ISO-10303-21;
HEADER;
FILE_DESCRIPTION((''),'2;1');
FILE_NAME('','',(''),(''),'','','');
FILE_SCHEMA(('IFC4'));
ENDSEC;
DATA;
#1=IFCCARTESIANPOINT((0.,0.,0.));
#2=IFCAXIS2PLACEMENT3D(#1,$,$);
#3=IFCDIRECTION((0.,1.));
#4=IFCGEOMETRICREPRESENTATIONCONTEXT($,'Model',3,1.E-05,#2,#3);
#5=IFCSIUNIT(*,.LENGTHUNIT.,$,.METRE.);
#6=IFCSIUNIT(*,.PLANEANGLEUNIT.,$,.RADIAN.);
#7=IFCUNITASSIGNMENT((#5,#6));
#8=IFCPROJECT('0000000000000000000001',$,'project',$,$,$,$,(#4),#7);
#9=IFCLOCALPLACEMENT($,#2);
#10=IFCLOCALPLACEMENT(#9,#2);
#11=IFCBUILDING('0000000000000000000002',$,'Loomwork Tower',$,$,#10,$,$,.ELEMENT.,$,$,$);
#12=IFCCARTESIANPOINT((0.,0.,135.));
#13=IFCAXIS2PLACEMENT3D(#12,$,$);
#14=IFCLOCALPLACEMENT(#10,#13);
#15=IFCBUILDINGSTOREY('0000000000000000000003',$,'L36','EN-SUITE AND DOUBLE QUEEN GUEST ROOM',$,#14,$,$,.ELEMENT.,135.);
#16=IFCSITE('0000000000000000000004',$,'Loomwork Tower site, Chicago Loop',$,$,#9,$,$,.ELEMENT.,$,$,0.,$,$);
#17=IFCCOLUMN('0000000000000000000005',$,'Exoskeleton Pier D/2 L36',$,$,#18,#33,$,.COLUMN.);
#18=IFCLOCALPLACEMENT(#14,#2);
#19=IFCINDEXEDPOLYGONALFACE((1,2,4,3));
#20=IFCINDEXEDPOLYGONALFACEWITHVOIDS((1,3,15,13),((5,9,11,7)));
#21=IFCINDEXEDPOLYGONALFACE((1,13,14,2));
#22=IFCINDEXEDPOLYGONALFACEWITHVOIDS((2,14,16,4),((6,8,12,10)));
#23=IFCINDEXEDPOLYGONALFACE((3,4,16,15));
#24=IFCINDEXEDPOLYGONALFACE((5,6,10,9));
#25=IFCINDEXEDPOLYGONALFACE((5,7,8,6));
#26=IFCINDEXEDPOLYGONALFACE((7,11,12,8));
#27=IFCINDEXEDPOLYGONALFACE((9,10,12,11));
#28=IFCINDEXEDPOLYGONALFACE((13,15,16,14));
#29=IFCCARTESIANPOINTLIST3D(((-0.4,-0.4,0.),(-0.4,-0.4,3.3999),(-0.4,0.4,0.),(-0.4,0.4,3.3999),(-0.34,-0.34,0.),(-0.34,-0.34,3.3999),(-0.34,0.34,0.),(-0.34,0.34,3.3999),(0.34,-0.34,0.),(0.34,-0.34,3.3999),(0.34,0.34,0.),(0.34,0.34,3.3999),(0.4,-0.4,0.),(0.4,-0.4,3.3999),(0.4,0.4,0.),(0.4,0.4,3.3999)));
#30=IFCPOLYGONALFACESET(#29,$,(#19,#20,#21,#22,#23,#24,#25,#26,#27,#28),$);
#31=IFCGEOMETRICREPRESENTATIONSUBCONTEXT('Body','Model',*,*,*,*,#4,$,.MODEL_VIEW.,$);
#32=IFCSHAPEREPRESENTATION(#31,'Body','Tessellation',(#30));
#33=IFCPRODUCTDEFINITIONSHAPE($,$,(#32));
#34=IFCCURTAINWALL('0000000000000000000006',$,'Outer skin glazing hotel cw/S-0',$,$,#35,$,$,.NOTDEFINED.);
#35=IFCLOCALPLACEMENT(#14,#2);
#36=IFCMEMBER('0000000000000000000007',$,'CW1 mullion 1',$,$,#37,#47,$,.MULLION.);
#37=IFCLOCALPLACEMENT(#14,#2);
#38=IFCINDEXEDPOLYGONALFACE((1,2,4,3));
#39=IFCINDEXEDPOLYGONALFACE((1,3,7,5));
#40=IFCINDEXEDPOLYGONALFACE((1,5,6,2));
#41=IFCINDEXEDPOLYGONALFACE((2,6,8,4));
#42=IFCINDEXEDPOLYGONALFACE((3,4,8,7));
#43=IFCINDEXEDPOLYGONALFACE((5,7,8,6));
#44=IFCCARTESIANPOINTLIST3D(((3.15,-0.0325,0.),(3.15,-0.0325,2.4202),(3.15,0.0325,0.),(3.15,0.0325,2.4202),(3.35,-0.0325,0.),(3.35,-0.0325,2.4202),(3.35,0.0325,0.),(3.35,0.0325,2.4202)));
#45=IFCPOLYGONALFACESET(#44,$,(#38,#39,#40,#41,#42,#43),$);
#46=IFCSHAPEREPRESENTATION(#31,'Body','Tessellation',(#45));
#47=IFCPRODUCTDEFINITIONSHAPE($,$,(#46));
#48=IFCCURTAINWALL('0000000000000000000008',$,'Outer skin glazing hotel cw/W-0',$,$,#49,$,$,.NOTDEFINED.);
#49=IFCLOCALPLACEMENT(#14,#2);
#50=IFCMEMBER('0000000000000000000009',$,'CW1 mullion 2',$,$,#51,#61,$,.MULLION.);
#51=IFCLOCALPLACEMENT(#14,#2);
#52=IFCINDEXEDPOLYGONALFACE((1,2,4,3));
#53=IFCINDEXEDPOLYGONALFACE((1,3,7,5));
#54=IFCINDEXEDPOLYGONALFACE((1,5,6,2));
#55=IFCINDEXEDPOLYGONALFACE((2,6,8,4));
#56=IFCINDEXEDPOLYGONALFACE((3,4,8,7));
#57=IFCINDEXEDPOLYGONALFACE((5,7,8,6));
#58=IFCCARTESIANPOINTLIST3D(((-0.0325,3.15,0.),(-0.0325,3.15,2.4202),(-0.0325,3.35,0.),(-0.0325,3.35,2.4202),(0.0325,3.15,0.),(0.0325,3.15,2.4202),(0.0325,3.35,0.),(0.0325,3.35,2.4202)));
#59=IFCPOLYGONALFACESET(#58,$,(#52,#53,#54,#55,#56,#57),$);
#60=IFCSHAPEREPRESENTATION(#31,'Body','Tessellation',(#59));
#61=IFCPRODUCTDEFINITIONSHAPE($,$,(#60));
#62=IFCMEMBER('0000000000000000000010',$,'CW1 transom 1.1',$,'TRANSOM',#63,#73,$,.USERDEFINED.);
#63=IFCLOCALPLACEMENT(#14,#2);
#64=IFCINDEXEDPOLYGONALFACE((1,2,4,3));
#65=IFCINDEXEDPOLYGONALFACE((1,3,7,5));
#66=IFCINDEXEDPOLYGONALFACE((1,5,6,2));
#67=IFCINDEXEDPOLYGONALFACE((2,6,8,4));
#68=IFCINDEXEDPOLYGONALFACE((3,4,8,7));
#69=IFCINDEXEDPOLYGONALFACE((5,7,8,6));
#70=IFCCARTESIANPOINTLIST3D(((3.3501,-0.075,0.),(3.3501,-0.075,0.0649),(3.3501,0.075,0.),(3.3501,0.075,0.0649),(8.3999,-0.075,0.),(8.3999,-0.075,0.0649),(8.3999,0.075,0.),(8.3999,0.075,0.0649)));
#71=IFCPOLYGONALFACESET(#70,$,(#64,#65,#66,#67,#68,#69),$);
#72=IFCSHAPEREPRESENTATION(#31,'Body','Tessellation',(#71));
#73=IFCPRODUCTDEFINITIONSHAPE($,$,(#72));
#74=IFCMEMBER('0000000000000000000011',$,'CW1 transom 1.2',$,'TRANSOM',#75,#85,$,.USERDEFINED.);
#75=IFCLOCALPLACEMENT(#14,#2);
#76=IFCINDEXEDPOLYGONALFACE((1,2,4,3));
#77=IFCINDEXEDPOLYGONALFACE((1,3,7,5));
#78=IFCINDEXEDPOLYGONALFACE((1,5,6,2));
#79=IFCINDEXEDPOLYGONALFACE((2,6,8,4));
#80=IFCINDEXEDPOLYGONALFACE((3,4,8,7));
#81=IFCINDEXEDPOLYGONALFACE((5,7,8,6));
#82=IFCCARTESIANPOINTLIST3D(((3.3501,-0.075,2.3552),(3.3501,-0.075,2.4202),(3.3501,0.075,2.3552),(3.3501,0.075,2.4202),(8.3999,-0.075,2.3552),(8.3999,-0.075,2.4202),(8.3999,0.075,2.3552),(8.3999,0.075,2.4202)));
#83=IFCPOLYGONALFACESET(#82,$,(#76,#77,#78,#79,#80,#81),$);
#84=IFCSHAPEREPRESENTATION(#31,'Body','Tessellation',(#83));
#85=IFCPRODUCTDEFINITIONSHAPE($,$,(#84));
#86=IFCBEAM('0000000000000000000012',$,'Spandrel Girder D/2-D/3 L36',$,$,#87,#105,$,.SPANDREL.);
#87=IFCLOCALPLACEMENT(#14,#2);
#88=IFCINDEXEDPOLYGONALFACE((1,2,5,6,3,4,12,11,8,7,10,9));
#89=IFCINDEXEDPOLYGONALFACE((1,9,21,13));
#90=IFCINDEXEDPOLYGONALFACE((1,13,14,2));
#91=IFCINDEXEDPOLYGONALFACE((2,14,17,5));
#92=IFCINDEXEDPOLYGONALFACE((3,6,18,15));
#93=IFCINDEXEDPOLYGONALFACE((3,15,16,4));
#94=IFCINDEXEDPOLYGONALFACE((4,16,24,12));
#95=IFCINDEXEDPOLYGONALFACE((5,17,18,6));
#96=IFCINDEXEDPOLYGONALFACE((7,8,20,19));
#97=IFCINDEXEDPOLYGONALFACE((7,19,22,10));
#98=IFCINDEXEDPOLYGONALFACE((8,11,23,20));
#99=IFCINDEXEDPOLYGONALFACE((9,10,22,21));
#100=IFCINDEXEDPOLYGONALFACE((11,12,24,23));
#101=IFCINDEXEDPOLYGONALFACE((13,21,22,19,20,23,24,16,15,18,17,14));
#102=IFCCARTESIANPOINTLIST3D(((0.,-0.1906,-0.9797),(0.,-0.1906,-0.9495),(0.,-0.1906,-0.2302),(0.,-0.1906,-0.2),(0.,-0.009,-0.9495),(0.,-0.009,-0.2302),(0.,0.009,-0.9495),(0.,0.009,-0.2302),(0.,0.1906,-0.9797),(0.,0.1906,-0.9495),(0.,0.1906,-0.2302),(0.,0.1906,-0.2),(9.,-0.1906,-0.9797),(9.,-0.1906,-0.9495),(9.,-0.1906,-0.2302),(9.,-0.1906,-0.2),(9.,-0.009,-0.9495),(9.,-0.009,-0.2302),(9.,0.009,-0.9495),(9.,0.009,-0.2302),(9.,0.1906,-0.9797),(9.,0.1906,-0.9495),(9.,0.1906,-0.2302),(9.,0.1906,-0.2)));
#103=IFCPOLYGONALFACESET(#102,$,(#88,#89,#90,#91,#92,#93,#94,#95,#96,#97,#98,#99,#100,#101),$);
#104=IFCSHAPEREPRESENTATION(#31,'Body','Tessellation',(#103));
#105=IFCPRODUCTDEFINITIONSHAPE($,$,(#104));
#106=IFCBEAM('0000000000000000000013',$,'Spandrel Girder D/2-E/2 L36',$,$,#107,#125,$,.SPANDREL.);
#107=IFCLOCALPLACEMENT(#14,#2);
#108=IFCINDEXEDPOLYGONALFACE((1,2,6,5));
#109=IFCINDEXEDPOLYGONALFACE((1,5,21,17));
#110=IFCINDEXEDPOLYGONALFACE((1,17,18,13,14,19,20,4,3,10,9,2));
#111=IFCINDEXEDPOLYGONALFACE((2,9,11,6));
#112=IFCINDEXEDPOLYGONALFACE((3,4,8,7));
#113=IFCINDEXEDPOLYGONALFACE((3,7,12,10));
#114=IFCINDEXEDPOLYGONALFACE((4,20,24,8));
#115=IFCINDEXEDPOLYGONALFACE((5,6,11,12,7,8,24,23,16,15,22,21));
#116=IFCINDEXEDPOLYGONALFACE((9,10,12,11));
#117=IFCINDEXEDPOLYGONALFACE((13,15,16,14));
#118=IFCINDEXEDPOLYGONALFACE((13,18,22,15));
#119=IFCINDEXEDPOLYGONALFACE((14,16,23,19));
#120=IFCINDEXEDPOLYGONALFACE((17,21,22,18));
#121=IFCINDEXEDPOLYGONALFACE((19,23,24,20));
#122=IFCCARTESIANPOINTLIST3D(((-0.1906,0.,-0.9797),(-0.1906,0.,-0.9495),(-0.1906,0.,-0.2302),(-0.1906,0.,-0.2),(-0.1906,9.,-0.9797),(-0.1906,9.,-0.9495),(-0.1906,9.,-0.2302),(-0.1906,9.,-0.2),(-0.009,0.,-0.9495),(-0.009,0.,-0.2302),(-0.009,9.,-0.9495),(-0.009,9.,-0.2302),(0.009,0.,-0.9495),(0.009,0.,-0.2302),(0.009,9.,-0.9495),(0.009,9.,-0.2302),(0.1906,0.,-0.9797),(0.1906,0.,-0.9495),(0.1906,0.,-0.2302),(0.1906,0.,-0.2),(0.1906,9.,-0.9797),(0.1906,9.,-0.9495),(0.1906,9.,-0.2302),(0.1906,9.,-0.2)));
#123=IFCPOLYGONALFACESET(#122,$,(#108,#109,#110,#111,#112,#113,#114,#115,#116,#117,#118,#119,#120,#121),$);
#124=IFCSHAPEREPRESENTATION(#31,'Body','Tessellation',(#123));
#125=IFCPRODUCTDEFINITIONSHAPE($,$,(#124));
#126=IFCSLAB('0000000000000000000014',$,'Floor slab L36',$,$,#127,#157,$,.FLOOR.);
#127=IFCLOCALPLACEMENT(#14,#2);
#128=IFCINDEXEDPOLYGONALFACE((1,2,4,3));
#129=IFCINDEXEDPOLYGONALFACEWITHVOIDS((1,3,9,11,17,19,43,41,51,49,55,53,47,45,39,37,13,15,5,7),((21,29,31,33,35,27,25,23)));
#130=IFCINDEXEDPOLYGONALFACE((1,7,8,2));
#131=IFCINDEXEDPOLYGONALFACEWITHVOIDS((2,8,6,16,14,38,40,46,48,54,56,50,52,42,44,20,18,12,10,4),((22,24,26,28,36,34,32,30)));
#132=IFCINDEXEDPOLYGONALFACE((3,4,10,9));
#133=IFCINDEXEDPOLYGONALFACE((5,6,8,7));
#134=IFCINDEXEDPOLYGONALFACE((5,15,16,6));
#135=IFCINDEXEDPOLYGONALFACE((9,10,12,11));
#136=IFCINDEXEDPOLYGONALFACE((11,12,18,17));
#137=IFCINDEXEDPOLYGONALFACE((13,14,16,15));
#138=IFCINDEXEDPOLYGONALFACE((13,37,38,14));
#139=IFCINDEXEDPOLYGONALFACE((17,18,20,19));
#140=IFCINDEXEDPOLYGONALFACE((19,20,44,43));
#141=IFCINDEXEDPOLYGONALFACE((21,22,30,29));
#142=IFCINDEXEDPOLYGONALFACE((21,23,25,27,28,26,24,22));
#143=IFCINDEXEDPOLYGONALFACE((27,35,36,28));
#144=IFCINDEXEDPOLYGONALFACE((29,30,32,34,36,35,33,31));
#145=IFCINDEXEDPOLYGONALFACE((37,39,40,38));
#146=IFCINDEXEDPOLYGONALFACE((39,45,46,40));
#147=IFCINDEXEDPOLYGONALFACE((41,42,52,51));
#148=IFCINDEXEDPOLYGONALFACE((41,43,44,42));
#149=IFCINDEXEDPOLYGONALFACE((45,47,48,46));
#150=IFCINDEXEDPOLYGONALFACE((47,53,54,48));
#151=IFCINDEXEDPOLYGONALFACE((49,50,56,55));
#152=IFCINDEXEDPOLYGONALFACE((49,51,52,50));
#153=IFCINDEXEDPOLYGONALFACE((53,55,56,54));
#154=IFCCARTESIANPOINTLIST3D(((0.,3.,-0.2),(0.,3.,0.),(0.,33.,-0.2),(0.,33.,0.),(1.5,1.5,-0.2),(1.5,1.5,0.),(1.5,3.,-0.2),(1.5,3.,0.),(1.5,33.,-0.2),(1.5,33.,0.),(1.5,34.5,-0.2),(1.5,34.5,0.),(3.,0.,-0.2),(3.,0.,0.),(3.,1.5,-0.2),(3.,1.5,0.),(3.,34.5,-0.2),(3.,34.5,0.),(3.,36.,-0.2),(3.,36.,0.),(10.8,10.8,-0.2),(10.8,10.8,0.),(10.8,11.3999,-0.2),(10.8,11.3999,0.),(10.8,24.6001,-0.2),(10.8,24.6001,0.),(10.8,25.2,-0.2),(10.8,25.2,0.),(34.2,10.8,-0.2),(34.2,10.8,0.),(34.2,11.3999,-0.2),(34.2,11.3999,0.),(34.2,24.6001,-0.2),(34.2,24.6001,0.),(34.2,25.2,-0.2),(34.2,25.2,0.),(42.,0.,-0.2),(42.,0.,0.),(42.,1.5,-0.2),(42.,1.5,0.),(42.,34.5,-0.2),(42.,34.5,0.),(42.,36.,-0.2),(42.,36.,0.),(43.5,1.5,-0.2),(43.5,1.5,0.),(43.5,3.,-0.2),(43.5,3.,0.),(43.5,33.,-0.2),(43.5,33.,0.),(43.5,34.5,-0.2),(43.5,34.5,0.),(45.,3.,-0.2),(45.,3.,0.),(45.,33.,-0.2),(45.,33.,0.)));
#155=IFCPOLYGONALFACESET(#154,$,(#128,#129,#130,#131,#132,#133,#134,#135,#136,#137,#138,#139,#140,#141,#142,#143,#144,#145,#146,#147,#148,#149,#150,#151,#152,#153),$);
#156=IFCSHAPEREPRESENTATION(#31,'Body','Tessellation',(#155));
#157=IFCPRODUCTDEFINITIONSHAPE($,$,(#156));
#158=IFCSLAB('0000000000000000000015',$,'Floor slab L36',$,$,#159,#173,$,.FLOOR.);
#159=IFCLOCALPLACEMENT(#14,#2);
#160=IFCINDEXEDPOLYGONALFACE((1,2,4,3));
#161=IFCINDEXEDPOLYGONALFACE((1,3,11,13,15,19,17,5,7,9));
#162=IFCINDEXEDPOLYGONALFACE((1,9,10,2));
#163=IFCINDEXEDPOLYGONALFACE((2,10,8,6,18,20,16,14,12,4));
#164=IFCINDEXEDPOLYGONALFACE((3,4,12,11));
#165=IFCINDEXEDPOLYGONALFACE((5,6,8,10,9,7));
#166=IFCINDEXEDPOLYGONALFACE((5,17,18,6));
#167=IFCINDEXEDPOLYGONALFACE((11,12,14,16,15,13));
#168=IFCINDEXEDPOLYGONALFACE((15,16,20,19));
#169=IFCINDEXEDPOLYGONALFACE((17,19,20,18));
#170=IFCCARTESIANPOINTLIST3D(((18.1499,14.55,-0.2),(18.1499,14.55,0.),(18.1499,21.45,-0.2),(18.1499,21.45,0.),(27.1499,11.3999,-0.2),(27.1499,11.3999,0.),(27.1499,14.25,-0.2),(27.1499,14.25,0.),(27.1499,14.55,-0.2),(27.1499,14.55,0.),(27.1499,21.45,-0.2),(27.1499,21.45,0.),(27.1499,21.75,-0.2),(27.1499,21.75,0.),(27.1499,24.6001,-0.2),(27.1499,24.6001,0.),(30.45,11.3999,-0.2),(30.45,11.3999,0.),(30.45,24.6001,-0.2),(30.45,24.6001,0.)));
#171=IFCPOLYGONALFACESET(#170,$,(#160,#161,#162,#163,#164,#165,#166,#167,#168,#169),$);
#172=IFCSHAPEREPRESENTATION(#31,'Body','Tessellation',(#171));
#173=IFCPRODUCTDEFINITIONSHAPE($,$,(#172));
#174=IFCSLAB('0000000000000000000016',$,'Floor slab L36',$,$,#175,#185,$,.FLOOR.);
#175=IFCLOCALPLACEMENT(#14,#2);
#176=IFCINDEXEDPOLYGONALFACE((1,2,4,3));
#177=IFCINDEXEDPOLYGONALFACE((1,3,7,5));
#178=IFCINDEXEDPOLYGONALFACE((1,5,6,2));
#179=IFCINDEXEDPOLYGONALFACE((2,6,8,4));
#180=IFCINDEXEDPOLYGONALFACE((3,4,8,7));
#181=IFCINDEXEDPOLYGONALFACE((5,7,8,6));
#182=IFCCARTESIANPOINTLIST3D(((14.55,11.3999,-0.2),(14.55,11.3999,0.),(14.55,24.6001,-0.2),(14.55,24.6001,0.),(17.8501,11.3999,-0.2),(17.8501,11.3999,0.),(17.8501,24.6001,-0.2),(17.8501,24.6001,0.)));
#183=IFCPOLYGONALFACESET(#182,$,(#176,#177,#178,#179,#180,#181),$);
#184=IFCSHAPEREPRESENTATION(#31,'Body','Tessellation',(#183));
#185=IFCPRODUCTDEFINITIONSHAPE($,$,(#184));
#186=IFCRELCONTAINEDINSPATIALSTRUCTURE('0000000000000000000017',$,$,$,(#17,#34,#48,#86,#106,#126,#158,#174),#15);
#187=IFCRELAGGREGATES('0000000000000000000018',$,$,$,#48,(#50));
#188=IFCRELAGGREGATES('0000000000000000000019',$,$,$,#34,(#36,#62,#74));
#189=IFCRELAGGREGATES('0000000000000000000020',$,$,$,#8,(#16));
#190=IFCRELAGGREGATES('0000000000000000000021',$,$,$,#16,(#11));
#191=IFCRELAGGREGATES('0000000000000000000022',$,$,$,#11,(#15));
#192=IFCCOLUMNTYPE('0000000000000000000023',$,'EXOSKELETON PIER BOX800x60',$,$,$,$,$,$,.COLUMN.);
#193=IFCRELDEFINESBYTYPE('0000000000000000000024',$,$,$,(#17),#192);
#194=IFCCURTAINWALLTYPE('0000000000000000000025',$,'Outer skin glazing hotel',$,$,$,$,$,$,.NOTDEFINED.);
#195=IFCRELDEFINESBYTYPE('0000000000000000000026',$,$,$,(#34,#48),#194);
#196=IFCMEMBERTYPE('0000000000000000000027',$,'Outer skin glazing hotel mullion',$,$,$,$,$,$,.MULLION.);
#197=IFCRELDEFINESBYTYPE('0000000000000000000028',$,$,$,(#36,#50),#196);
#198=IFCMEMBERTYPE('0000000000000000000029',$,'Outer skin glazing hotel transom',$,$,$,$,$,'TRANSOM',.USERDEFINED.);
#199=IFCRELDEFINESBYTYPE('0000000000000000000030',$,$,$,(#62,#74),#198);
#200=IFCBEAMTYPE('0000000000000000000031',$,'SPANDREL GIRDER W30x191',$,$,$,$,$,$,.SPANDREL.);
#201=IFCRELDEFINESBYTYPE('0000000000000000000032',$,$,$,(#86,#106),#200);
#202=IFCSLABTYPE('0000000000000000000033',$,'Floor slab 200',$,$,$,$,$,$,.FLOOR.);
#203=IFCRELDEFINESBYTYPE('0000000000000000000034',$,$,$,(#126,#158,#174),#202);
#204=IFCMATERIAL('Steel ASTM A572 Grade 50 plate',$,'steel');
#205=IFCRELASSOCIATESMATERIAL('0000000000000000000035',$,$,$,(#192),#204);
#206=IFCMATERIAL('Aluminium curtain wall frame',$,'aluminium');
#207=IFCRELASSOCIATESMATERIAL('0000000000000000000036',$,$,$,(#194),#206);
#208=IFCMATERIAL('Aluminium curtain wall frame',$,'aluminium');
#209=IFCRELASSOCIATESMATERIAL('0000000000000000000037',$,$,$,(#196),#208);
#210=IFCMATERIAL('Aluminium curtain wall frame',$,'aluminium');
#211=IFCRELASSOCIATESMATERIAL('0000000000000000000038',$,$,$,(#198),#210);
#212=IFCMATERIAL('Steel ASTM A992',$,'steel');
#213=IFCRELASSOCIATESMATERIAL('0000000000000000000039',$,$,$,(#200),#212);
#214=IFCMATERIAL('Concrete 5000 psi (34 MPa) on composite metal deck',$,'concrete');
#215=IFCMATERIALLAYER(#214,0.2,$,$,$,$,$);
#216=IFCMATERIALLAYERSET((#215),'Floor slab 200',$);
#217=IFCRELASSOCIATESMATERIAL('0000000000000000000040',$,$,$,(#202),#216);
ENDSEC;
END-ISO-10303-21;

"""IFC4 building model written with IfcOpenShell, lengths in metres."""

from ifc_helpers import new_model, si_unit, direction, frame, origin, origin_with_axes, origin_2d, place, context, subcontext, project, spatial, polyline, rectangle, hollow_rectangle, i_section, outline, extrude, material, layer, layer_set, material_profile, profile_set, type_object, element, aggregate, save


model = new_model("IFC4")

# Units and contexts
model_context = context("Model", 3, precision=1e-05, world=origin(), true_north=direction((0.0, 1.0)))
body_context = subcontext(model_context, "Body", "Model", "MODEL_VIEW")
ifc_project = project(units=[si_unit("LENGTHUNIT", "METRE"), si_unit("PLANEANGLEUNIT", "RADIAN")], contexts=[model_context])

# Site, building, storey
site_placement = place(None, origin())
site = spatial("IfcSite", under=ifc_project, at=site_placement, Name="Loomwork Tower site, Chicago Loop", CompositionType="ELEMENT", RefElevation=0.0)
building_placement = place(site_placement, origin())
building = spatial("IfcBuilding", under=site, at=building_placement, Name="Loomwork Tower", CompositionType="ELEMENT")
storey_placement = place(building_placement, frame((0.0, 0.0, 135.0)))
storey = spatial("IfcBuildingStorey", under=building, at=storey_placement, Name="L36", Description="EN-SUITE AND DOUBLE QUEEN GUEST ROOM", CompositionType="ELEMENT", Elevation=135.0)

# Column
ifc_material_1 = material(Name="Steel ASTM A572 Grade 50 plate", Category="steel")
ifc_material_profile_1 = material_profile(ifc_material_1, hollow_rectangle(XDim=0.8, YDim=0.8, WallThickness=0.0601, at=origin_2d()), Name="BOX800x60")
ifc_profile_set_1 = profile_set([ifc_material_profile_1], Name="Steel ASTM A572 Grade 50 plate")
column_type = type_object("IfcColumnType", Name="EXOSKELETON PIER BOX800x60", PredefinedType="COLUMN", material=ifc_profile_set_1)
column_placement = place(storey_placement, origin_with_axes())
element("IfcColumn", 1, at=column_placement, inside=storey, type_object=column_type, Name="Exoskeleton Pier D/2 L36", PredefinedType="COLUMN", context=body_context, shape_type="SweptSolid", body=[
    extrude(hollow_rectangle(XDim=0.8, YDim=0.8, WallThickness=0.0601, at=origin_2d()), origin(), (0.0, 0.0, 1.0), 3.3999),
])

# Curtain walls, members
ifc_material_2 = material(Name="Aluminium curtain wall frame", Category="aluminium")
curtain_wall_type = type_object("IfcCurtainWallType", Name="Outer skin glazing hotel", PredefinedType="NOTDEFINED", material=ifc_material_2)
curtain_wall_1_placement = place(storey_placement, origin())
curtain_wall_1 = element("IfcCurtainWall", 2, at=curtain_wall_1_placement, inside=storey, type_object=curtain_wall_type, Name="Outer skin glazing hotel cw/S-0", PredefinedType="NOTDEFINED")
ifc_material_3 = material(Name="Aluminium curtain wall frame", Category="aluminium")
ifc_material_profile_2 = material_profile(ifc_material_3, rectangle(XDim=0.0649, YDim=0.2, at=origin_2d()), Name="AL 65x200")
ifc_profile_set_2 = profile_set([ifc_material_profile_2], Name="Aluminium curtain wall frame")
member_type_1 = type_object("IfcMemberType", Name="Outer skin glazing hotel mullion", PredefinedType="MULLION", material=ifc_profile_set_2)
member_1_placement = place(storey_placement, frame((3.25, 0.0, 0.0), z_axis=(0.0, 0.0, 1.0), x_axis=(0.0, 1.0, 0.0)))
member_1 = element("IfcMember", 3, at=member_1_placement, type_object=member_type_1, Name="CW1 mullion 1", PredefinedType="MULLION", context=body_context, shape_type="SweptSolid", body=[
    extrude(rectangle(XDim=0.0649, YDim=0.2, at=origin_2d()), origin(), (0.0, 0.0, 1.0), 2.4202),
])
curtain_wall_2_placement = place(storey_placement, origin())
curtain_wall_2 = element("IfcCurtainWall", 4, at=curtain_wall_2_placement, inside=storey, type_object=curtain_wall_type, Name="Outer skin glazing hotel cw/W-0", PredefinedType="NOTDEFINED")
member_2_placement = place(storey_placement, frame((0.0, 3.25, 0.0), z_axis=(0.0, 0.0, 1.0), x_axis=(1.0, 0.0, 0.0)))
member_2 = element("IfcMember", 5, at=member_2_placement, type_object=member_type_1, Name="CW1 mullion 2", PredefinedType="MULLION", context=body_context, shape_type="SweptSolid", body=[
    extrude(rectangle(XDim=0.0649, YDim=0.2, at=origin_2d()), origin(), (0.0, 0.0, 1.0), 2.4202),
])
aggregate(curtain_wall_2, [member_2])

# Members
ifc_material_4 = material(Name="Aluminium curtain wall frame", Category="aluminium")
ifc_material_profile_3 = material_profile(ifc_material_4, rectangle(XDim=0.1499, YDim=0.0649, at=origin_2d()), Name="AL 65x150")
ifc_profile_set_3 = profile_set([ifc_material_profile_3], Name="Aluminium curtain wall frame")
member_type_2 = type_object("IfcMemberType", Name="Outer skin glazing hotel transom", ElementType="TRANSOM", PredefinedType="USERDEFINED", material=ifc_profile_set_3)
member_3_placement = place(storey_placement, frame((3.3501, 0.0, 0.0325), z_axis=(1.0, 0.0, 0.0), x_axis=(0.0, 1.0, 0.0)))
member_3 = element("IfcMember", 6, at=member_3_placement, type_object=member_type_2, Name="CW1 transom 1.1", ObjectType="TRANSOM", PredefinedType="USERDEFINED", context=body_context, shape_type="SweptSolid", body=[
    extrude(rectangle(XDim=0.1499, YDim=0.0649, at=origin_2d()), origin(), (0.0, 0.0, 1.0), 5.0498),
])
member_4_placement = place(storey_placement, frame((3.3501, 0.0, 2.3877), z_axis=(1.0, 0.0, 0.0), x_axis=(0.0, 1.0, 0.0)))
member_4 = element("IfcMember", 7, at=member_4_placement, type_object=member_type_2, Name="CW1 transom 1.2", ObjectType="TRANSOM", PredefinedType="USERDEFINED", context=body_context, shape_type="SweptSolid", body=[
    extrude(rectangle(XDim=0.1499, YDim=0.0649, at=origin_2d()), origin(), (0.0, 0.0, 1.0), 5.0498),
])

# Beams
ifc_material_5 = material(Name="Steel ASTM A992", Category="steel")
ifc_material_profile_4 = material_profile(ifc_material_5, i_section(OverallWidth=0.3811, OverallDepth=0.7798, WebThickness=0.0181, FlangeThickness=0.0303, at=origin_2d()), Name="W30x191")
ifc_profile_set_4 = profile_set([ifc_material_profile_4], Name="Steel ASTM A992")
beam_type = type_object("IfcBeamType", Name="SPANDREL GIRDER W30x191", PredefinedType="SPANDREL", material=ifc_profile_set_4)
for number, where, z_axis, x_axis, name in (
    (8, (0.0, 0.0, -0.5898), (1.0, 0.0, 0.0), (0.0, 1.0, 0.0), "Spandrel Girder D/2-D/3 L36"),
    (9, (0.0, 0.0, -0.5898), (0.0, 1.0, 0.0), (-1.0, 0.0, 0.0), "Spandrel Girder D/2-E/2 L36"),
):
    element("IfcBeam", number, at=place(storey_placement, frame(where, z_axis=z_axis, x_axis=x_axis)), inside=storey, type_object=beam_type, Name=name, PredefinedType="SPANDREL", context=body_context, shape_type="SweptSolid", body=[
        extrude(i_section(OverallWidth=0.3811, OverallDepth=0.7798, WebThickness=0.0181, FlangeThickness=0.0303, at=origin_2d()), origin(), (0.0, 0.0, 1.0), 9.0),
    ])

# Slabs
ifc_material_6 = material(Name="Concrete 5000 psi (34 MPa) on composite metal deck", Category="concrete")
ifc_layer_1 = layer(ifc_material_6, 0.2)
ifc_layer_set_1 = layer_set([ifc_layer_1], Name="Floor slab 200")
slab_type_1 = type_object("IfcSlabType", Name="Floor slab 200", PredefinedType="FLOOR", material=ifc_layer_set_1)
slab_1_placement = place(storey_placement, frame((0.0, 0.0, -0.2)))
element("IfcSlab", 10, at=slab_1_placement, inside=storey, type_object=slab_type_1, Name="Floor slab L36", PredefinedType="FLOOR", context=body_context, shape_type="SweptSolid", body=[
    extrude(outline(polyline([(3.0, 1.5), (1.5, 1.5), (1.5, 3.0), (0.0, 3.0), (0.0, 33.0), (1.5, 33.0), (1.5, 34.5), (3.0, 34.5), (3.0, 36.0), (42.0, 36.0), (42.0, 34.5), (43.5, 34.5), (43.5, 33.0), (45.0, 33.0), (45.0, 3.0), (43.5, 3.0), (43.5, 1.5), (42.0, 1.5), (42.0, 0.0), (3.0, 0.0), (3.0, 1.5)]), holes=[polyline([(10.8, 11.3999), (10.8, 11.3999), (10.8, 10.8), (34.2, 10.8), (34.2, 11.3999), (34.2, 11.3999), (34.2, 24.6001), (34.2, 25.2), (10.8, 25.2), (10.8, 24.6001), (10.8, 11.3999)])]), origin(), (0.0, 0.0, 1.0), 0.2),
])
slab_2_placement = place(storey_placement, frame((0.0, 0.0, -0.2)))
element("IfcSlab", 11, at=slab_2_placement, inside=storey, type_object=slab_type_1, Name="Floor slab L36", PredefinedType="FLOOR", context=body_context, shape_type="SweptSolid", body=[
    extrude(outline(polyline([(30.45, 24.6001), (30.45, 11.3999), (27.1499, 11.3999), (27.1499, 14.25), (27.1499, 14.55), (18.1499, 14.55), (18.1499, 21.45), (27.1499, 21.45), (27.1499, 21.75), (27.1499, 24.6001), (30.45, 24.6001)])), origin(), (0.0, 0.0, 1.0), 0.2),
])
slab_3_placement = place(storey_placement, frame((0.0, 0.0, -0.2)))
element("IfcSlab", 12, at=slab_3_placement, inside=storey, type_object=slab_type_1, Name="Floor slab L36", PredefinedType="FLOOR", context=body_context, shape_type="SweptSolid", body=[
    extrude(outline(polyline([(14.55, 11.3999), (14.55, 24.6001), (17.8501, 24.6001), (17.8501, 11.3999), (14.55, 11.3999)])), origin(), (0.0, 0.0, 1.0), 0.2),
])

aggregate(curtain_wall_1, [member_1, member_3, member_4])

save(model, "model.ifc")
